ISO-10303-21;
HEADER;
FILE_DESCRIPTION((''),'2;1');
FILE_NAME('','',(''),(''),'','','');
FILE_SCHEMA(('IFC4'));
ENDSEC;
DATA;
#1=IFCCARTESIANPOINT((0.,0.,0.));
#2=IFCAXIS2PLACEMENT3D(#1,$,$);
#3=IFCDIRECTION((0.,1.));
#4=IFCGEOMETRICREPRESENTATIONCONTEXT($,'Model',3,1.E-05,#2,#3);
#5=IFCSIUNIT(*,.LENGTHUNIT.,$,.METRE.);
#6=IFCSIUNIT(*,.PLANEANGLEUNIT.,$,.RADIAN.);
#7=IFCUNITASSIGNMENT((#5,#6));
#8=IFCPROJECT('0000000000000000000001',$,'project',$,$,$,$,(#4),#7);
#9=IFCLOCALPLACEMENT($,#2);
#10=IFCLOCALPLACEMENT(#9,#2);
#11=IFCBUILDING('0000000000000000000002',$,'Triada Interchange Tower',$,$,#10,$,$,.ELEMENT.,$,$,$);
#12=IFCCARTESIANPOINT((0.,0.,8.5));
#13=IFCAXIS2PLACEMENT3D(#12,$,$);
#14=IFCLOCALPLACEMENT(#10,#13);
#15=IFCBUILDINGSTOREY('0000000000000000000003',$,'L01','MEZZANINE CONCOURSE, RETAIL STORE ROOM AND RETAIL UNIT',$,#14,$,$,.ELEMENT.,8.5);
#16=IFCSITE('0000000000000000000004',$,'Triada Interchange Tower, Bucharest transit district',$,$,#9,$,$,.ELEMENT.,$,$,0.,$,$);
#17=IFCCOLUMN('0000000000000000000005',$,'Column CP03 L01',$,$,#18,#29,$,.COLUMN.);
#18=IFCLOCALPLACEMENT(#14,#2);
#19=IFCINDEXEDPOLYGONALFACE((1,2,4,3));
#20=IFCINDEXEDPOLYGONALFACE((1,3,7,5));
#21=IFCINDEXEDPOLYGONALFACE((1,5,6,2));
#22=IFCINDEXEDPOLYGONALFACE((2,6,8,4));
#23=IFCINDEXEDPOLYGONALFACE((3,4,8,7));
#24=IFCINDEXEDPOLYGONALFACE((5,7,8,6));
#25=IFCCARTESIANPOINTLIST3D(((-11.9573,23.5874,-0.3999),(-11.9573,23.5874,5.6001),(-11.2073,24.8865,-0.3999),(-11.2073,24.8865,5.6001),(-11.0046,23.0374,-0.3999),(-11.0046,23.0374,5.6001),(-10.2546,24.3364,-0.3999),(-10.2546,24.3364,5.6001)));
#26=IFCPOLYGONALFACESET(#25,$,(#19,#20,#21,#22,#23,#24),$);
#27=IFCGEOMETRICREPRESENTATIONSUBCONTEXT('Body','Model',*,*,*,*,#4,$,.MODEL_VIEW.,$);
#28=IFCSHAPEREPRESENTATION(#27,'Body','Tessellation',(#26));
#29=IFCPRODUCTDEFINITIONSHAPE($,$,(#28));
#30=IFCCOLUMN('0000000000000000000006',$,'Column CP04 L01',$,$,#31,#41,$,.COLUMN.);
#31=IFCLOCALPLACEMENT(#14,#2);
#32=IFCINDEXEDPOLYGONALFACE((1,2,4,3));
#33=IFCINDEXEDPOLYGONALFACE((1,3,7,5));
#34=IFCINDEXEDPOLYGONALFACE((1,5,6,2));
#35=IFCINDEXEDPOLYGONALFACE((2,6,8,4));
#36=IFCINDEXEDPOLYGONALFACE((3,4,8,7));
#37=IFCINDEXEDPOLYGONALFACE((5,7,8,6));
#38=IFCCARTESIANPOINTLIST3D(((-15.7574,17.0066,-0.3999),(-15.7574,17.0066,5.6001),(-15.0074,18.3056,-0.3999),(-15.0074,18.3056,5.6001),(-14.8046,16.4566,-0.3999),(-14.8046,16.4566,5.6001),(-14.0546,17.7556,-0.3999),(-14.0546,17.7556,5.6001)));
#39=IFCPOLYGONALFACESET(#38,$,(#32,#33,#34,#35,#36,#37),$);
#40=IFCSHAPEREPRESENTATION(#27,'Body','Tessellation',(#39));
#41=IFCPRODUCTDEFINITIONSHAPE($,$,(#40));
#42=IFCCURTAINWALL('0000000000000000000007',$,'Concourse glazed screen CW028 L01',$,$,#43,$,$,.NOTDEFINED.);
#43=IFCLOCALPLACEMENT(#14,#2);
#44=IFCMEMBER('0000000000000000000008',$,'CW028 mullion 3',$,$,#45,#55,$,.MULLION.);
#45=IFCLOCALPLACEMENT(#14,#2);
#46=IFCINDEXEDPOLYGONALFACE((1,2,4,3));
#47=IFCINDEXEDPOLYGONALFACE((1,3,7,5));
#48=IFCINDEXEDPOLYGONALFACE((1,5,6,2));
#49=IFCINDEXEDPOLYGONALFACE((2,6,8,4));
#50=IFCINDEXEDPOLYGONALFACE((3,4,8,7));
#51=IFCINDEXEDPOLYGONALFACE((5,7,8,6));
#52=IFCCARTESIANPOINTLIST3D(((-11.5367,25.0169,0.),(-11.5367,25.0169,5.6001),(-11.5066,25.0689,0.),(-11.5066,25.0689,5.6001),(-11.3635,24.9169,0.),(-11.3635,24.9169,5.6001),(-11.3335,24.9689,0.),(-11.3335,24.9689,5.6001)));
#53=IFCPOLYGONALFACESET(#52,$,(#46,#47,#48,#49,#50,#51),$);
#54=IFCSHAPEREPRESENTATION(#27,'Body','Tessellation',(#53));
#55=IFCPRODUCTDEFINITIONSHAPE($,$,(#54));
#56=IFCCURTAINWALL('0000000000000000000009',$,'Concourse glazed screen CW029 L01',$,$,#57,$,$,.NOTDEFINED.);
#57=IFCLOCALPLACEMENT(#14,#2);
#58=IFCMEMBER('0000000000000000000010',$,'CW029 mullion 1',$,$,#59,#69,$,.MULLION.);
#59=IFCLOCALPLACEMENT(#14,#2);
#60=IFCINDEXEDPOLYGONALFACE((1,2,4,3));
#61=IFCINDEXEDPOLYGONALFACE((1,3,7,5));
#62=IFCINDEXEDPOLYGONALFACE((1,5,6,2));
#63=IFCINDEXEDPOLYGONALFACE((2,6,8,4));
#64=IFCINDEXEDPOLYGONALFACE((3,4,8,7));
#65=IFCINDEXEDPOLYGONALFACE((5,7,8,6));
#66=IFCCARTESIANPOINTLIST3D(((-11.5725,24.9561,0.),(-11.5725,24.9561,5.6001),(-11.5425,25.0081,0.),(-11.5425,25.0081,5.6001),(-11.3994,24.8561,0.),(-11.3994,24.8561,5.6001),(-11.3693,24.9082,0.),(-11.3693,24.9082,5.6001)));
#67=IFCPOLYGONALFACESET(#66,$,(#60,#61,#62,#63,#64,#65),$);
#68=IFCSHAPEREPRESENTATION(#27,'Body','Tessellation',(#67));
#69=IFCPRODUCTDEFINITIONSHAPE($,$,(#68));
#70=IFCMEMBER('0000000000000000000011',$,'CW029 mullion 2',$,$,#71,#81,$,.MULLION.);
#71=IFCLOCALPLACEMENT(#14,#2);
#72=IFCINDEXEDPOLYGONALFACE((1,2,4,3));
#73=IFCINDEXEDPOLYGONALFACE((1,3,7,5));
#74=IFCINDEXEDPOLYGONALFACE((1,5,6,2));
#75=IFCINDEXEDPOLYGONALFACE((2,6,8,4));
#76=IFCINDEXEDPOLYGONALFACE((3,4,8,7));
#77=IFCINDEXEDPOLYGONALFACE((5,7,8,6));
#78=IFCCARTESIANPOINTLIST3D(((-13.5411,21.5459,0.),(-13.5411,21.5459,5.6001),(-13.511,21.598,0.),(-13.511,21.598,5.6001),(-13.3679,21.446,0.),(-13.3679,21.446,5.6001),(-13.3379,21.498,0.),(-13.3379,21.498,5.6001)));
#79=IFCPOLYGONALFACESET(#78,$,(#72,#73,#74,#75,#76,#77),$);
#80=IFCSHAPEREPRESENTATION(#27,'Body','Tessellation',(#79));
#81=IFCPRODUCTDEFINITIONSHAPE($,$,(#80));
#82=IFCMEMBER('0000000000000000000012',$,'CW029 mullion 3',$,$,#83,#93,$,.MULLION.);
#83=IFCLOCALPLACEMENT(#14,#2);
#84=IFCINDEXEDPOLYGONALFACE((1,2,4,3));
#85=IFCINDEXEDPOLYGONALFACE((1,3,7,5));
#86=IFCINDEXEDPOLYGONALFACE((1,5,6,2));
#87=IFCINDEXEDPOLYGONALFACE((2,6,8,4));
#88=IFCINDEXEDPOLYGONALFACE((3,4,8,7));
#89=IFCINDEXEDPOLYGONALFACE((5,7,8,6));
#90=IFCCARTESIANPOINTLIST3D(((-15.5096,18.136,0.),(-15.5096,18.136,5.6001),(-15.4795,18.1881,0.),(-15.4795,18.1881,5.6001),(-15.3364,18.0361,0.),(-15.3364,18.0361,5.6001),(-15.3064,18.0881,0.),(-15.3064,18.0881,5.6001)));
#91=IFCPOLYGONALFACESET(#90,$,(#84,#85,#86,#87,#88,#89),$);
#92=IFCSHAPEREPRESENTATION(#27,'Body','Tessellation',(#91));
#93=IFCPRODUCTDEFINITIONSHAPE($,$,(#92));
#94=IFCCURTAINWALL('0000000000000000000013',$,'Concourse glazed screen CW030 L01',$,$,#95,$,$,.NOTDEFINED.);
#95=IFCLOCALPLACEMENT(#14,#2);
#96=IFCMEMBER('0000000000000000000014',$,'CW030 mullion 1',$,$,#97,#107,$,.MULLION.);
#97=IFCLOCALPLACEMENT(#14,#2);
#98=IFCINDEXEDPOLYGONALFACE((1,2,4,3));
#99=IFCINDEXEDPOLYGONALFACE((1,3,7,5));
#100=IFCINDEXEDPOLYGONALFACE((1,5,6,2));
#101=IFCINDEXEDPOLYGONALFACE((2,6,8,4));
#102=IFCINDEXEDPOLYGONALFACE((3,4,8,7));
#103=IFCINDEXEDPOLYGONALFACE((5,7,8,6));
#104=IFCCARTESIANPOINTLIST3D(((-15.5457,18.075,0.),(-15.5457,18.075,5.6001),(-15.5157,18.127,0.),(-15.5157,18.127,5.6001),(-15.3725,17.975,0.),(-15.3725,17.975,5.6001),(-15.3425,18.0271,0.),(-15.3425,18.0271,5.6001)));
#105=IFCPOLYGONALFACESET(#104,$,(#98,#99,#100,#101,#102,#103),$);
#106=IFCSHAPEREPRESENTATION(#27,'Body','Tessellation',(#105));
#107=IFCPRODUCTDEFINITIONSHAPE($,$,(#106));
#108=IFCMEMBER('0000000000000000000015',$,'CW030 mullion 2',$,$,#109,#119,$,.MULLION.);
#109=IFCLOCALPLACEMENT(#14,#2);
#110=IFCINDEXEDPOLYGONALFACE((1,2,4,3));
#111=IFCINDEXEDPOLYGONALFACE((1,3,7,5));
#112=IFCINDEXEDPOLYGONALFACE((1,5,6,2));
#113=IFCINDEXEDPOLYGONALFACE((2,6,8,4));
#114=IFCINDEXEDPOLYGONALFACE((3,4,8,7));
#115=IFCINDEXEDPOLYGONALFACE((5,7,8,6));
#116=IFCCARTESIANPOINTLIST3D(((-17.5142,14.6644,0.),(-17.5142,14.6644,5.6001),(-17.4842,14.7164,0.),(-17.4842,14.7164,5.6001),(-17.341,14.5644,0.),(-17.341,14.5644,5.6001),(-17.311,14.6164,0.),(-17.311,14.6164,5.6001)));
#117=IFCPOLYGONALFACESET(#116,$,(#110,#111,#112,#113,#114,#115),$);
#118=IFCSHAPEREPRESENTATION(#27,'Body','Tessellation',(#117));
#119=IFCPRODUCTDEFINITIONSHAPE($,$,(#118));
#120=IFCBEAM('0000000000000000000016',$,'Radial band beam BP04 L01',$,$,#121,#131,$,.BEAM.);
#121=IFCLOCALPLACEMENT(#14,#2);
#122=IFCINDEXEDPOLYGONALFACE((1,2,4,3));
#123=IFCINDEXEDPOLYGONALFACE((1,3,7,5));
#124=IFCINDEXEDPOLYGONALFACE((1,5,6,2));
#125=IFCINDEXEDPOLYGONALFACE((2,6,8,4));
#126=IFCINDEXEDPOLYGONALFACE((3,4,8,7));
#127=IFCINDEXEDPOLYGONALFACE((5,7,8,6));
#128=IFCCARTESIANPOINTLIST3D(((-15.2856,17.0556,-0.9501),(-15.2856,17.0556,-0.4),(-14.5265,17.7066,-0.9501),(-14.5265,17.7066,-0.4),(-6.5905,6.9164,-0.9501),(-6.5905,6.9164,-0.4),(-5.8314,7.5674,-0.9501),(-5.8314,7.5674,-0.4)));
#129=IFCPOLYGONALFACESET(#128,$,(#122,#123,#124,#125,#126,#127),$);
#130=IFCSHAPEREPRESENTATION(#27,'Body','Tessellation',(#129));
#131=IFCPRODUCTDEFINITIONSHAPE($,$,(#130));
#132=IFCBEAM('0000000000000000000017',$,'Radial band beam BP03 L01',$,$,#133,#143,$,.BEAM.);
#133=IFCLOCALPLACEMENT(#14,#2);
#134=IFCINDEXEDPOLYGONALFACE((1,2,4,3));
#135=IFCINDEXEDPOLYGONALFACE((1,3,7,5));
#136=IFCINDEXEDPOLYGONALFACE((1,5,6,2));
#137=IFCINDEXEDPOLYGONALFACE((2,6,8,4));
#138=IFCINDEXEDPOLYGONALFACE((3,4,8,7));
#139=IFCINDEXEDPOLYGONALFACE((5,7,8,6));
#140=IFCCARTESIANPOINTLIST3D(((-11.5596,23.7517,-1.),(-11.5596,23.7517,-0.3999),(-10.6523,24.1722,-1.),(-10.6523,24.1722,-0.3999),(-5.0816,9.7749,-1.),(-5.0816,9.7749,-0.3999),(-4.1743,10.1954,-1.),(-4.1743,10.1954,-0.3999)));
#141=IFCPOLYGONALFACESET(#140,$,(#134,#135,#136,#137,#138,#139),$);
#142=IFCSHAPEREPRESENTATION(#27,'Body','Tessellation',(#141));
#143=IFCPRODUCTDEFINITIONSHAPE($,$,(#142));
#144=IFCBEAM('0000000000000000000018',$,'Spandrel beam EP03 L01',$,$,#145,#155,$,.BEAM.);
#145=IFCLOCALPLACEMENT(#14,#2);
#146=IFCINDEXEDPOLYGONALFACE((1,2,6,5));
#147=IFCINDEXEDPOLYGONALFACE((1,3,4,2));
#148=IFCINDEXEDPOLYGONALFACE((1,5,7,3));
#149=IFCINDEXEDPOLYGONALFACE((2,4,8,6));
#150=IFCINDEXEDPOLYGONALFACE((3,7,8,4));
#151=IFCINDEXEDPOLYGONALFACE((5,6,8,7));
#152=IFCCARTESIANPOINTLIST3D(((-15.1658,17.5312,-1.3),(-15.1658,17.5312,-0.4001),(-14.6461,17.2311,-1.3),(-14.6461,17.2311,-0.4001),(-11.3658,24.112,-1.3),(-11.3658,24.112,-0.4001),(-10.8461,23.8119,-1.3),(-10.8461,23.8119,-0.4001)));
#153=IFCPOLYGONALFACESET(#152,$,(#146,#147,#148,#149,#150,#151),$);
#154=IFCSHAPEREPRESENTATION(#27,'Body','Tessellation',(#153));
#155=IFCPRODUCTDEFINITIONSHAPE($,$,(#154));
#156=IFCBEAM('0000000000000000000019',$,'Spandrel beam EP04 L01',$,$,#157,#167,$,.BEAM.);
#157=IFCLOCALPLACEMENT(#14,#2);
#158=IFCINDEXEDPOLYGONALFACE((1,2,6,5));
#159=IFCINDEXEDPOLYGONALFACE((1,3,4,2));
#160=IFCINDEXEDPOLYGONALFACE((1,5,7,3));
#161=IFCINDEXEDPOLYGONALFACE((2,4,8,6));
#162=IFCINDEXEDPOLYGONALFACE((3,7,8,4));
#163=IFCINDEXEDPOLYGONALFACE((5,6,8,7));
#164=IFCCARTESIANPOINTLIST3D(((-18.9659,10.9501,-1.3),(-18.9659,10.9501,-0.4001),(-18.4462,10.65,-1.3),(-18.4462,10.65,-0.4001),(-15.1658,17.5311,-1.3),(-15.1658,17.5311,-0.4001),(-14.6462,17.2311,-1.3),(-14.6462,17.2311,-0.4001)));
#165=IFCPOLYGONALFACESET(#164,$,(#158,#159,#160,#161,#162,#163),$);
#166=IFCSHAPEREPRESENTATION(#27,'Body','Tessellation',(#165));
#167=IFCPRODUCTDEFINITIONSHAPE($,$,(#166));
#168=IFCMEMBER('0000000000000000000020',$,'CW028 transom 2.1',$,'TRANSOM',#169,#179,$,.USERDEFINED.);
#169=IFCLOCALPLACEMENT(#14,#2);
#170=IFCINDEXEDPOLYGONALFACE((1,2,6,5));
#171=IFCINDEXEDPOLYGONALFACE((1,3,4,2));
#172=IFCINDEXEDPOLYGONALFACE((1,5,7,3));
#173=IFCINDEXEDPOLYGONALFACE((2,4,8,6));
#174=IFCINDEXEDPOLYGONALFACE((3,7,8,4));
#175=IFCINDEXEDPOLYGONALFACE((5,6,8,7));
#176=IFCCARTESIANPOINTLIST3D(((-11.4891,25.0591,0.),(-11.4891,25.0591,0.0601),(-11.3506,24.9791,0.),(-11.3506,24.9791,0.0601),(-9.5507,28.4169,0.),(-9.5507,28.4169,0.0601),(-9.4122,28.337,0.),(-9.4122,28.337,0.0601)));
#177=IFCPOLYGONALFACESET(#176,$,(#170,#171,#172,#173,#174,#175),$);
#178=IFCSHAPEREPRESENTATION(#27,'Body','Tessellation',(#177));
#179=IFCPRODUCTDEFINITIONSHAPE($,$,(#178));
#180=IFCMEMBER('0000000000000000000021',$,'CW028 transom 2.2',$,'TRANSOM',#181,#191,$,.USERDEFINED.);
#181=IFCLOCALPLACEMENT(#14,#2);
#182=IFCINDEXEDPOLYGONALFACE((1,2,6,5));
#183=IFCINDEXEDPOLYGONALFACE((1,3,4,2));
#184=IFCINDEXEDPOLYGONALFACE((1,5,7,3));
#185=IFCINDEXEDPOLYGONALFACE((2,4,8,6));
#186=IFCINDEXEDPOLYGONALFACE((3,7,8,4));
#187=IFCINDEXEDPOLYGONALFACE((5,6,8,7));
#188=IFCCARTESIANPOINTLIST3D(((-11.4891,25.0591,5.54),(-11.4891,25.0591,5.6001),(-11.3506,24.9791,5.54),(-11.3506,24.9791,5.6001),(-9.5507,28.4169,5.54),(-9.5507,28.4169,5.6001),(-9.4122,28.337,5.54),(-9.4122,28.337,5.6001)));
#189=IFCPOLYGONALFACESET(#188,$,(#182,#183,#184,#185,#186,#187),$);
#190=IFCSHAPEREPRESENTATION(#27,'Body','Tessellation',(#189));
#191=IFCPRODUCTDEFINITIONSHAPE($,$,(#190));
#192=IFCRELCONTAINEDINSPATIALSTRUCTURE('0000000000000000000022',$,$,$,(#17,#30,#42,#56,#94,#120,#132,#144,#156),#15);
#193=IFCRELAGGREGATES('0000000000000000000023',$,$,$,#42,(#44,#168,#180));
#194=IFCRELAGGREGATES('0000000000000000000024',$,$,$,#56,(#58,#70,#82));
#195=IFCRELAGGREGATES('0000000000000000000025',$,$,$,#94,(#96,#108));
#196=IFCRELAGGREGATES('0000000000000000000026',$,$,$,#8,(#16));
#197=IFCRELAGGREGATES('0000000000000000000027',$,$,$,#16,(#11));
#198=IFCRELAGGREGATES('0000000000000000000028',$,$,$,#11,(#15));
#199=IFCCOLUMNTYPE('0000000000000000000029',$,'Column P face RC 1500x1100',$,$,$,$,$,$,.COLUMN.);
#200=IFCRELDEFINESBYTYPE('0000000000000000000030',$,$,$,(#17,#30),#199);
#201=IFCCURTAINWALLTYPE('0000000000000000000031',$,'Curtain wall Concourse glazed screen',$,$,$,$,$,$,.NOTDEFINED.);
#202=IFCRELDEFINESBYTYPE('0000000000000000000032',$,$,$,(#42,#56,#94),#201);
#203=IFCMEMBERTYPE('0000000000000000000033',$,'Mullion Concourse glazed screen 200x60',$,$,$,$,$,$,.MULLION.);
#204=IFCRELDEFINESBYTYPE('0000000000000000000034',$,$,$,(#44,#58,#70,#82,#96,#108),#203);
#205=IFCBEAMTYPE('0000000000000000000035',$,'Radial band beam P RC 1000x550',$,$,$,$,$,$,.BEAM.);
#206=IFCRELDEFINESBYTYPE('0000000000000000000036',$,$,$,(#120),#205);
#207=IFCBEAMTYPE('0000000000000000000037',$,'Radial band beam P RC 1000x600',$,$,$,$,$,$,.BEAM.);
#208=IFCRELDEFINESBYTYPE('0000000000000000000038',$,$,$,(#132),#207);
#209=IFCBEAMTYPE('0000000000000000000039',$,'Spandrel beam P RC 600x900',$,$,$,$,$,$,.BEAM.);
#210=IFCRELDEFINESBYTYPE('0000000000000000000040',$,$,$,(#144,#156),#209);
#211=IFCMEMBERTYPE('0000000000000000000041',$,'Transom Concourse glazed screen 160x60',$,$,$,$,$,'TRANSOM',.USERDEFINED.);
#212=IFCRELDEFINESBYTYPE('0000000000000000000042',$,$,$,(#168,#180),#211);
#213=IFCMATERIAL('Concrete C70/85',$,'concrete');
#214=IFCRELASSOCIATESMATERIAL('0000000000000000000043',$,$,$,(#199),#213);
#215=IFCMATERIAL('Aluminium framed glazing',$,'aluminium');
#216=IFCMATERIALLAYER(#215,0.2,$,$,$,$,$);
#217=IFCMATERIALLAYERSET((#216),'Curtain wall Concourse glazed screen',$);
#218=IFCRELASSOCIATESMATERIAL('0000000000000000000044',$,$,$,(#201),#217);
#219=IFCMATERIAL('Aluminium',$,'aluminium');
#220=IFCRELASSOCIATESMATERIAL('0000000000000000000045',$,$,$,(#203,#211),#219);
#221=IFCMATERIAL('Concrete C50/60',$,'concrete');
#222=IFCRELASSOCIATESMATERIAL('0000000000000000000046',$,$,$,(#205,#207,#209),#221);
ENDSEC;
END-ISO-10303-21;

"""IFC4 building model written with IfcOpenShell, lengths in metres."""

from ifc_helpers import new_model, si_unit, direction, frame, origin, origin_2d, place, context, subcontext, project, spatial, rectangle, extrude, material, layer, layer_set, material_profile, profile_set, type_object, element, aggregate, save


model = new_model("IFC4")

# Units and contexts
model_context = context("Model", 3, precision=1e-05, world=origin(), true_north=direction((0.0, 1.0)))
body_context = subcontext(model_context, "Body", "Model", "MODEL_VIEW")
ifc_project = project(units=[si_unit("LENGTHUNIT", "METRE"), si_unit("PLANEANGLEUNIT", "RADIAN")], contexts=[model_context])

# Site, building, storey
site_placement = place(None, origin())
site = spatial("IfcSite", under=ifc_project, at=site_placement, Name="Triada Interchange Tower, Bucharest transit district", CompositionType="ELEMENT", RefElevation=0.0)
building_placement = place(site_placement, origin())
building = spatial("IfcBuilding", under=site, at=building_placement, Name="Triada Interchange Tower", CompositionType="ELEMENT")
storey_placement = place(building_placement, frame((0.0, 0.0, 8.5)))
storey = spatial("IfcBuildingStorey", under=building, at=storey_placement, Name="L01", Description="MEZZANINE CONCOURSE, RETAIL STORE ROOM AND RETAIL UNIT", CompositionType="ELEMENT", Elevation=8.5)

# Columns
ifc_material_1 = material(Name="Concrete C70/85", Category="concrete")
ifc_material_profile_1 = material_profile(ifc_material_1, rectangle(XDim=1.5, YDim=1.1001, at=origin_2d()), Name="RC 1500x1100")
ifc_profile_set_1 = profile_set([ifc_material_profile_1], Name="Concrete C70/85")
column_type = type_object("IfcColumnType", Name="Column P face RC 1500x1100", PredefinedType="COLUMN", material=ifc_profile_set_1)
for number, where, z_axis, x_axis, name in (
    (1, (-11.106, 23.9619, -0.3999), (0.0, 0.0, 1.0), (0.5, 0.866025, 0.0), "Column CP03 L01"),
    (2, (-14.906, 17.3811, -0.3999), (0.0, 0.0, 1.0), (0.5, 0.866025, 0.0), "Column CP04 L01"),
):
    element("IfcColumn", number, at=place(storey_placement, frame(where, z_axis=z_axis, x_axis=x_axis)), inside=storey, type_object=column_type, Name=name, PredefinedType="COLUMN", context=body_context, shape_type="SweptSolid", body=[
        extrude(rectangle(XDim=1.5, YDim=1.1001, at=origin_2d()), origin(), (0.0, 0.0, 1.0), 6.0),
    ])

# Curtain wall, member
ifc_material_2 = material(Name="Aluminium framed glazing", Category="aluminium")
ifc_layer_1 = layer(ifc_material_2, 0.2)
ifc_layer_set_1 = layer_set([ifc_layer_1], Name="Curtain wall Concourse glazed screen")
curtain_wall_type = type_object("IfcCurtainWallType", Name="Curtain wall Concourse glazed screen", PredefinedType="NOTDEFINED", material=ifc_layer_set_1)
curtain_wall_1_placement = place(storey_placement, origin())
curtain_wall_1 = element("IfcCurtainWall", 3, at=curtain_wall_1_placement, inside=storey, type_object=curtain_wall_type, Name="Concourse glazed screen CW028 L01", PredefinedType="NOTDEFINED")
ifc_material_3 = material(Name="Aluminium", Category="aluminium")
ifc_material_profile_2 = material_profile(ifc_material_3, rectangle(XDim=0.2, YDim=0.0601, at=origin_2d()), Name="Aluminium mullion")
ifc_profile_set_2 = profile_set([ifc_material_profile_2], Name="Aluminium")
member_type_1 = type_object("IfcMemberType", Name="Mullion Concourse glazed screen 200x60", PredefinedType="MULLION", material=ifc_profile_set_2)
member_1_placement = place(storey_placement, frame((-11.4351, 24.9929, 0.0), z_axis=(0.0, 0.0, 1.0), x_axis=(0.866055, -0.499948, 0.0)))
member_1 = element("IfcMember", 4, at=member_1_placement, type_object=member_type_1, Name="CW028 mullion 3", PredefinedType="MULLION", context=body_context, shape_type="SweptSolid", body=[
    extrude(rectangle(XDim=0.2, YDim=0.0601, at=origin_2d()), origin(), (0.0, 0.0, 1.0), 5.6001),
])

# Curtain walls, members
curtain_wall_2_placement = place(storey_placement, origin())
curtain_wall_2 = element("IfcCurtainWall", 5, at=curtain_wall_2_placement, inside=storey, type_object=curtain_wall_type, Name="Concourse glazed screen CW029 L01", PredefinedType="NOTDEFINED")
member_2_placement = place(storey_placement, frame((-11.4709, 24.9321, 0.0), z_axis=(0.0, 0.0, 1.0), x_axis=(0.866055, -0.499948, 0.0)))
member_2 = element("IfcMember", 6, at=member_2_placement, type_object=member_type_1, Name="CW029 mullion 1", PredefinedType="MULLION", context=body_context, shape_type="SweptSolid", body=[
    extrude(rectangle(XDim=0.2, YDim=0.0601, at=origin_2d()), origin(), (0.0, 0.0, 1.0), 5.6001),
])
member_3_placement = place(storey_placement, frame((-13.4395, 21.522, 0.0), z_axis=(0.0, 0.0, 1.0), x_axis=(0.866055, -0.499948, 0.0)))
member_3 = element("IfcMember", 7, at=member_3_placement, type_object=member_type_1, Name="CW029 mullion 2", PredefinedType="MULLION", context=body_context, shape_type="SweptSolid", body=[
    extrude(rectangle(XDim=0.2, YDim=0.0601, at=origin_2d()), origin(), (0.0, 0.0, 1.0), 5.6001),
])
member_4_placement = place(storey_placement, frame((-15.408, 18.1121, 0.0), z_axis=(0.0, 0.0, 1.0), x_axis=(0.866055, -0.499948, 0.0)))
member_4 = element("IfcMember", 8, at=member_4_placement, type_object=member_type_1, Name="CW029 mullion 3", PredefinedType="MULLION", context=body_context, shape_type="SweptSolid", body=[
    extrude(rectangle(XDim=0.2, YDim=0.0601, at=origin_2d()), origin(), (0.0, 0.0, 1.0), 5.6001),
])
curtain_wall_3_placement = place(storey_placement, origin())
curtain_wall_3 = element("IfcCurtainWall", 9, at=curtain_wall_3_placement, inside=storey, type_object=curtain_wall_type, Name="Concourse glazed screen CW030 L01", PredefinedType="NOTDEFINED")
member_5_placement = place(storey_placement, frame((-15.4441, 18.051, 0.0), z_axis=(0.0, 0.0, 1.0), x_axis=(0.866087, -0.499893, 0.0)))
member_5 = element("IfcMember", 10, at=member_5_placement, type_object=member_type_1, Name="CW030 mullion 1", PredefinedType="MULLION", context=body_context, shape_type="SweptSolid", body=[
    extrude(rectangle(XDim=0.2, YDim=0.0601, at=origin_2d()), origin(), (0.0, 0.0, 1.0), 5.6001),
])
member_6_placement = place(storey_placement, frame((-17.4126, 14.6404, 0.0), z_axis=(0.0, 0.0, 1.0), x_axis=(0.866087, -0.499893, 0.0)))
member_6 = element("IfcMember", 11, at=member_6_placement, type_object=member_type_1, Name="CW030 mullion 2", PredefinedType="MULLION", context=body_context, shape_type="SweptSolid", body=[
    extrude(rectangle(XDim=0.2, YDim=0.0601, at=origin_2d()), origin(), (0.0, 0.0, 1.0), 5.6001),
])

# Beams
ifc_material_4 = material(Name="Concrete C50/60", Category="concrete")
ifc_material_profile_3 = material_profile(ifc_material_4, rectangle(XDim=1.0, YDim=0.55, at=origin_2d()), Name="RC 1000x550")
ifc_profile_set_3 = profile_set([ifc_material_profile_3], Name="Concrete C50/60")
beam_type_1 = type_object("IfcBeamType", Name="Radial band beam P RC 1000x550", PredefinedType="BEAM", material=ifc_profile_set_3)
beam_1_placement = place(storey_placement, frame((-14.906, 17.3811, -0.675), z_axis=(0.65098, -0.759095, 0.0), x_axis=(0.759095, 0.65098, 0.0)))
element("IfcBeam", 12, at=beam_1_placement, inside=storey, type_object=beam_type_1, Name="Radial band beam BP04 L01", PredefinedType="BEAM", context=body_context, shape_type="SweptSolid", body=[
    extrude(rectangle(XDim=1.0, YDim=0.55, at=origin_2d()), origin(), (0.0, 0.0, 1.0), 13.3569),
])
ifc_material_profile_4 = material_profile(ifc_material_4, rectangle(XDim=1.0, YDim=0.6001, at=origin_2d()), Name="RC 1000x600")
ifc_profile_set_4 = profile_set([ifc_material_profile_4], Name="Concrete C50/60")
beam_type_2 = type_object("IfcBeamType", Name="Radial band beam P RC 1000x600", PredefinedType="BEAM", material=ifc_profile_set_4)
beam_2_placement = place(storey_placement, frame((-11.106, 23.9619, -0.7), z_axis=(0.420513, -0.907287, 0.0), x_axis=(0.907287, 0.420513, 0.0)))
element("IfcBeam", 13, at=beam_2_placement, inside=storey, type_object=beam_type_2, Name="Radial band beam BP03 L01", PredefinedType="BEAM", context=body_context, shape_type="SweptSolid", body=[
    extrude(rectangle(XDim=1.0, YDim=0.6001, at=origin_2d()), origin(), (0.0, 0.0, 1.0), 15.405),
])
ifc_material_profile_5 = material_profile(ifc_material_4, rectangle(XDim=0.6001, YDim=0.8999, at=origin_2d()), Name="RC 600x900")
ifc_profile_set_5 = profile_set([ifc_material_profile_5], Name="Concrete C50/60")
beam_type_3 = type_object("IfcBeamType", Name="Spandrel beam P RC 600x900", PredefinedType="BEAM", material=ifc_profile_set_5)
beam_3_placement = place(storey_placement, frame((-11.106, 23.9619, -0.8501), z_axis=(-0.500061, -0.86599, 0.0), x_axis=(0.86599, -0.500061, 0.0)))
element("IfcBeam", 14, at=beam_3_placement, inside=storey, type_object=beam_type_3, Name="Spandrel beam EP03 L01", PredefinedType="BEAM", context=body_context, shape_type="SweptSolid", body=[
    extrude(rectangle(XDim=0.6001, YDim=0.8999, at=origin_2d()), origin(), (0.0, 0.0, 1.0), 7.5991),
])
beam_4_placement = place(storey_placement, frame((-14.906, 17.3811, -0.8501), z_axis=(-0.500047, -0.865998, 0.0), x_axis=(0.865998, -0.500047, 0.0)))
element("IfcBeam", 15, at=beam_4_placement, inside=storey, type_object=beam_type_3, Name="Spandrel beam EP04 L01", PredefinedType="BEAM", context=body_context, shape_type="SweptSolid", body=[
    extrude(rectangle(XDim=0.6001, YDim=0.8999, at=origin_2d()), origin(), (0.0, 0.0, 1.0), 7.5994),
])

# Members
ifc_material_profile_6 = material_profile(ifc_material_3, rectangle(XDim=0.1599, YDim=0.0601, at=origin_2d()), Name="Aluminium transom")
ifc_profile_set_6 = profile_set([ifc_material_profile_6], Name="Aluminium")
member_type_2 = type_object("IfcMemberType", Name="Transom Concourse glazed screen 160x60", ElementType="TRANSOM", PredefinedType="USERDEFINED", material=ifc_profile_set_6)
member_7_placement = place(storey_placement, frame((-9.4814, 28.377, 0.03), z_axis=(-0.499959, -0.866049, 0.0), x_axis=(0.866049, -0.499959, 0.0)))
member_7 = element("IfcMember", 16, at=member_7_placement, type_object=member_type_2, Name="CW028 transom 2.1", ObjectType="TRANSOM", PredefinedType="USERDEFINED", context=body_context, shape_type="SweptSolid", body=[
    extrude(rectangle(XDim=0.1599, YDim=0.0601, at=origin_2d()), origin(), (0.0, 0.0, 1.0), 3.8772),
])
member_8_placement = place(storey_placement, frame((-9.4814, 28.377, 5.5701), z_axis=(-0.499959, -0.866049, 0.0), x_axis=(0.866049, -0.499959, 0.0)))
member_8 = element("IfcMember", 17, at=member_8_placement, type_object=member_type_2, Name="CW028 transom 2.2", ObjectType="TRANSOM", PredefinedType="USERDEFINED", context=body_context, shape_type="SweptSolid", body=[
    extrude(rectangle(XDim=0.1599, YDim=0.0601, at=origin_2d()), origin(), (0.0, 0.0, 1.0), 3.8772),
])

aggregate(curtain_wall_1, [member_1, member_7, member_8])
aggregate(curtain_wall_2, [member_2, member_3, member_4])
aggregate(curtain_wall_3, [member_5, member_6])

save(model, "model.ifc")
